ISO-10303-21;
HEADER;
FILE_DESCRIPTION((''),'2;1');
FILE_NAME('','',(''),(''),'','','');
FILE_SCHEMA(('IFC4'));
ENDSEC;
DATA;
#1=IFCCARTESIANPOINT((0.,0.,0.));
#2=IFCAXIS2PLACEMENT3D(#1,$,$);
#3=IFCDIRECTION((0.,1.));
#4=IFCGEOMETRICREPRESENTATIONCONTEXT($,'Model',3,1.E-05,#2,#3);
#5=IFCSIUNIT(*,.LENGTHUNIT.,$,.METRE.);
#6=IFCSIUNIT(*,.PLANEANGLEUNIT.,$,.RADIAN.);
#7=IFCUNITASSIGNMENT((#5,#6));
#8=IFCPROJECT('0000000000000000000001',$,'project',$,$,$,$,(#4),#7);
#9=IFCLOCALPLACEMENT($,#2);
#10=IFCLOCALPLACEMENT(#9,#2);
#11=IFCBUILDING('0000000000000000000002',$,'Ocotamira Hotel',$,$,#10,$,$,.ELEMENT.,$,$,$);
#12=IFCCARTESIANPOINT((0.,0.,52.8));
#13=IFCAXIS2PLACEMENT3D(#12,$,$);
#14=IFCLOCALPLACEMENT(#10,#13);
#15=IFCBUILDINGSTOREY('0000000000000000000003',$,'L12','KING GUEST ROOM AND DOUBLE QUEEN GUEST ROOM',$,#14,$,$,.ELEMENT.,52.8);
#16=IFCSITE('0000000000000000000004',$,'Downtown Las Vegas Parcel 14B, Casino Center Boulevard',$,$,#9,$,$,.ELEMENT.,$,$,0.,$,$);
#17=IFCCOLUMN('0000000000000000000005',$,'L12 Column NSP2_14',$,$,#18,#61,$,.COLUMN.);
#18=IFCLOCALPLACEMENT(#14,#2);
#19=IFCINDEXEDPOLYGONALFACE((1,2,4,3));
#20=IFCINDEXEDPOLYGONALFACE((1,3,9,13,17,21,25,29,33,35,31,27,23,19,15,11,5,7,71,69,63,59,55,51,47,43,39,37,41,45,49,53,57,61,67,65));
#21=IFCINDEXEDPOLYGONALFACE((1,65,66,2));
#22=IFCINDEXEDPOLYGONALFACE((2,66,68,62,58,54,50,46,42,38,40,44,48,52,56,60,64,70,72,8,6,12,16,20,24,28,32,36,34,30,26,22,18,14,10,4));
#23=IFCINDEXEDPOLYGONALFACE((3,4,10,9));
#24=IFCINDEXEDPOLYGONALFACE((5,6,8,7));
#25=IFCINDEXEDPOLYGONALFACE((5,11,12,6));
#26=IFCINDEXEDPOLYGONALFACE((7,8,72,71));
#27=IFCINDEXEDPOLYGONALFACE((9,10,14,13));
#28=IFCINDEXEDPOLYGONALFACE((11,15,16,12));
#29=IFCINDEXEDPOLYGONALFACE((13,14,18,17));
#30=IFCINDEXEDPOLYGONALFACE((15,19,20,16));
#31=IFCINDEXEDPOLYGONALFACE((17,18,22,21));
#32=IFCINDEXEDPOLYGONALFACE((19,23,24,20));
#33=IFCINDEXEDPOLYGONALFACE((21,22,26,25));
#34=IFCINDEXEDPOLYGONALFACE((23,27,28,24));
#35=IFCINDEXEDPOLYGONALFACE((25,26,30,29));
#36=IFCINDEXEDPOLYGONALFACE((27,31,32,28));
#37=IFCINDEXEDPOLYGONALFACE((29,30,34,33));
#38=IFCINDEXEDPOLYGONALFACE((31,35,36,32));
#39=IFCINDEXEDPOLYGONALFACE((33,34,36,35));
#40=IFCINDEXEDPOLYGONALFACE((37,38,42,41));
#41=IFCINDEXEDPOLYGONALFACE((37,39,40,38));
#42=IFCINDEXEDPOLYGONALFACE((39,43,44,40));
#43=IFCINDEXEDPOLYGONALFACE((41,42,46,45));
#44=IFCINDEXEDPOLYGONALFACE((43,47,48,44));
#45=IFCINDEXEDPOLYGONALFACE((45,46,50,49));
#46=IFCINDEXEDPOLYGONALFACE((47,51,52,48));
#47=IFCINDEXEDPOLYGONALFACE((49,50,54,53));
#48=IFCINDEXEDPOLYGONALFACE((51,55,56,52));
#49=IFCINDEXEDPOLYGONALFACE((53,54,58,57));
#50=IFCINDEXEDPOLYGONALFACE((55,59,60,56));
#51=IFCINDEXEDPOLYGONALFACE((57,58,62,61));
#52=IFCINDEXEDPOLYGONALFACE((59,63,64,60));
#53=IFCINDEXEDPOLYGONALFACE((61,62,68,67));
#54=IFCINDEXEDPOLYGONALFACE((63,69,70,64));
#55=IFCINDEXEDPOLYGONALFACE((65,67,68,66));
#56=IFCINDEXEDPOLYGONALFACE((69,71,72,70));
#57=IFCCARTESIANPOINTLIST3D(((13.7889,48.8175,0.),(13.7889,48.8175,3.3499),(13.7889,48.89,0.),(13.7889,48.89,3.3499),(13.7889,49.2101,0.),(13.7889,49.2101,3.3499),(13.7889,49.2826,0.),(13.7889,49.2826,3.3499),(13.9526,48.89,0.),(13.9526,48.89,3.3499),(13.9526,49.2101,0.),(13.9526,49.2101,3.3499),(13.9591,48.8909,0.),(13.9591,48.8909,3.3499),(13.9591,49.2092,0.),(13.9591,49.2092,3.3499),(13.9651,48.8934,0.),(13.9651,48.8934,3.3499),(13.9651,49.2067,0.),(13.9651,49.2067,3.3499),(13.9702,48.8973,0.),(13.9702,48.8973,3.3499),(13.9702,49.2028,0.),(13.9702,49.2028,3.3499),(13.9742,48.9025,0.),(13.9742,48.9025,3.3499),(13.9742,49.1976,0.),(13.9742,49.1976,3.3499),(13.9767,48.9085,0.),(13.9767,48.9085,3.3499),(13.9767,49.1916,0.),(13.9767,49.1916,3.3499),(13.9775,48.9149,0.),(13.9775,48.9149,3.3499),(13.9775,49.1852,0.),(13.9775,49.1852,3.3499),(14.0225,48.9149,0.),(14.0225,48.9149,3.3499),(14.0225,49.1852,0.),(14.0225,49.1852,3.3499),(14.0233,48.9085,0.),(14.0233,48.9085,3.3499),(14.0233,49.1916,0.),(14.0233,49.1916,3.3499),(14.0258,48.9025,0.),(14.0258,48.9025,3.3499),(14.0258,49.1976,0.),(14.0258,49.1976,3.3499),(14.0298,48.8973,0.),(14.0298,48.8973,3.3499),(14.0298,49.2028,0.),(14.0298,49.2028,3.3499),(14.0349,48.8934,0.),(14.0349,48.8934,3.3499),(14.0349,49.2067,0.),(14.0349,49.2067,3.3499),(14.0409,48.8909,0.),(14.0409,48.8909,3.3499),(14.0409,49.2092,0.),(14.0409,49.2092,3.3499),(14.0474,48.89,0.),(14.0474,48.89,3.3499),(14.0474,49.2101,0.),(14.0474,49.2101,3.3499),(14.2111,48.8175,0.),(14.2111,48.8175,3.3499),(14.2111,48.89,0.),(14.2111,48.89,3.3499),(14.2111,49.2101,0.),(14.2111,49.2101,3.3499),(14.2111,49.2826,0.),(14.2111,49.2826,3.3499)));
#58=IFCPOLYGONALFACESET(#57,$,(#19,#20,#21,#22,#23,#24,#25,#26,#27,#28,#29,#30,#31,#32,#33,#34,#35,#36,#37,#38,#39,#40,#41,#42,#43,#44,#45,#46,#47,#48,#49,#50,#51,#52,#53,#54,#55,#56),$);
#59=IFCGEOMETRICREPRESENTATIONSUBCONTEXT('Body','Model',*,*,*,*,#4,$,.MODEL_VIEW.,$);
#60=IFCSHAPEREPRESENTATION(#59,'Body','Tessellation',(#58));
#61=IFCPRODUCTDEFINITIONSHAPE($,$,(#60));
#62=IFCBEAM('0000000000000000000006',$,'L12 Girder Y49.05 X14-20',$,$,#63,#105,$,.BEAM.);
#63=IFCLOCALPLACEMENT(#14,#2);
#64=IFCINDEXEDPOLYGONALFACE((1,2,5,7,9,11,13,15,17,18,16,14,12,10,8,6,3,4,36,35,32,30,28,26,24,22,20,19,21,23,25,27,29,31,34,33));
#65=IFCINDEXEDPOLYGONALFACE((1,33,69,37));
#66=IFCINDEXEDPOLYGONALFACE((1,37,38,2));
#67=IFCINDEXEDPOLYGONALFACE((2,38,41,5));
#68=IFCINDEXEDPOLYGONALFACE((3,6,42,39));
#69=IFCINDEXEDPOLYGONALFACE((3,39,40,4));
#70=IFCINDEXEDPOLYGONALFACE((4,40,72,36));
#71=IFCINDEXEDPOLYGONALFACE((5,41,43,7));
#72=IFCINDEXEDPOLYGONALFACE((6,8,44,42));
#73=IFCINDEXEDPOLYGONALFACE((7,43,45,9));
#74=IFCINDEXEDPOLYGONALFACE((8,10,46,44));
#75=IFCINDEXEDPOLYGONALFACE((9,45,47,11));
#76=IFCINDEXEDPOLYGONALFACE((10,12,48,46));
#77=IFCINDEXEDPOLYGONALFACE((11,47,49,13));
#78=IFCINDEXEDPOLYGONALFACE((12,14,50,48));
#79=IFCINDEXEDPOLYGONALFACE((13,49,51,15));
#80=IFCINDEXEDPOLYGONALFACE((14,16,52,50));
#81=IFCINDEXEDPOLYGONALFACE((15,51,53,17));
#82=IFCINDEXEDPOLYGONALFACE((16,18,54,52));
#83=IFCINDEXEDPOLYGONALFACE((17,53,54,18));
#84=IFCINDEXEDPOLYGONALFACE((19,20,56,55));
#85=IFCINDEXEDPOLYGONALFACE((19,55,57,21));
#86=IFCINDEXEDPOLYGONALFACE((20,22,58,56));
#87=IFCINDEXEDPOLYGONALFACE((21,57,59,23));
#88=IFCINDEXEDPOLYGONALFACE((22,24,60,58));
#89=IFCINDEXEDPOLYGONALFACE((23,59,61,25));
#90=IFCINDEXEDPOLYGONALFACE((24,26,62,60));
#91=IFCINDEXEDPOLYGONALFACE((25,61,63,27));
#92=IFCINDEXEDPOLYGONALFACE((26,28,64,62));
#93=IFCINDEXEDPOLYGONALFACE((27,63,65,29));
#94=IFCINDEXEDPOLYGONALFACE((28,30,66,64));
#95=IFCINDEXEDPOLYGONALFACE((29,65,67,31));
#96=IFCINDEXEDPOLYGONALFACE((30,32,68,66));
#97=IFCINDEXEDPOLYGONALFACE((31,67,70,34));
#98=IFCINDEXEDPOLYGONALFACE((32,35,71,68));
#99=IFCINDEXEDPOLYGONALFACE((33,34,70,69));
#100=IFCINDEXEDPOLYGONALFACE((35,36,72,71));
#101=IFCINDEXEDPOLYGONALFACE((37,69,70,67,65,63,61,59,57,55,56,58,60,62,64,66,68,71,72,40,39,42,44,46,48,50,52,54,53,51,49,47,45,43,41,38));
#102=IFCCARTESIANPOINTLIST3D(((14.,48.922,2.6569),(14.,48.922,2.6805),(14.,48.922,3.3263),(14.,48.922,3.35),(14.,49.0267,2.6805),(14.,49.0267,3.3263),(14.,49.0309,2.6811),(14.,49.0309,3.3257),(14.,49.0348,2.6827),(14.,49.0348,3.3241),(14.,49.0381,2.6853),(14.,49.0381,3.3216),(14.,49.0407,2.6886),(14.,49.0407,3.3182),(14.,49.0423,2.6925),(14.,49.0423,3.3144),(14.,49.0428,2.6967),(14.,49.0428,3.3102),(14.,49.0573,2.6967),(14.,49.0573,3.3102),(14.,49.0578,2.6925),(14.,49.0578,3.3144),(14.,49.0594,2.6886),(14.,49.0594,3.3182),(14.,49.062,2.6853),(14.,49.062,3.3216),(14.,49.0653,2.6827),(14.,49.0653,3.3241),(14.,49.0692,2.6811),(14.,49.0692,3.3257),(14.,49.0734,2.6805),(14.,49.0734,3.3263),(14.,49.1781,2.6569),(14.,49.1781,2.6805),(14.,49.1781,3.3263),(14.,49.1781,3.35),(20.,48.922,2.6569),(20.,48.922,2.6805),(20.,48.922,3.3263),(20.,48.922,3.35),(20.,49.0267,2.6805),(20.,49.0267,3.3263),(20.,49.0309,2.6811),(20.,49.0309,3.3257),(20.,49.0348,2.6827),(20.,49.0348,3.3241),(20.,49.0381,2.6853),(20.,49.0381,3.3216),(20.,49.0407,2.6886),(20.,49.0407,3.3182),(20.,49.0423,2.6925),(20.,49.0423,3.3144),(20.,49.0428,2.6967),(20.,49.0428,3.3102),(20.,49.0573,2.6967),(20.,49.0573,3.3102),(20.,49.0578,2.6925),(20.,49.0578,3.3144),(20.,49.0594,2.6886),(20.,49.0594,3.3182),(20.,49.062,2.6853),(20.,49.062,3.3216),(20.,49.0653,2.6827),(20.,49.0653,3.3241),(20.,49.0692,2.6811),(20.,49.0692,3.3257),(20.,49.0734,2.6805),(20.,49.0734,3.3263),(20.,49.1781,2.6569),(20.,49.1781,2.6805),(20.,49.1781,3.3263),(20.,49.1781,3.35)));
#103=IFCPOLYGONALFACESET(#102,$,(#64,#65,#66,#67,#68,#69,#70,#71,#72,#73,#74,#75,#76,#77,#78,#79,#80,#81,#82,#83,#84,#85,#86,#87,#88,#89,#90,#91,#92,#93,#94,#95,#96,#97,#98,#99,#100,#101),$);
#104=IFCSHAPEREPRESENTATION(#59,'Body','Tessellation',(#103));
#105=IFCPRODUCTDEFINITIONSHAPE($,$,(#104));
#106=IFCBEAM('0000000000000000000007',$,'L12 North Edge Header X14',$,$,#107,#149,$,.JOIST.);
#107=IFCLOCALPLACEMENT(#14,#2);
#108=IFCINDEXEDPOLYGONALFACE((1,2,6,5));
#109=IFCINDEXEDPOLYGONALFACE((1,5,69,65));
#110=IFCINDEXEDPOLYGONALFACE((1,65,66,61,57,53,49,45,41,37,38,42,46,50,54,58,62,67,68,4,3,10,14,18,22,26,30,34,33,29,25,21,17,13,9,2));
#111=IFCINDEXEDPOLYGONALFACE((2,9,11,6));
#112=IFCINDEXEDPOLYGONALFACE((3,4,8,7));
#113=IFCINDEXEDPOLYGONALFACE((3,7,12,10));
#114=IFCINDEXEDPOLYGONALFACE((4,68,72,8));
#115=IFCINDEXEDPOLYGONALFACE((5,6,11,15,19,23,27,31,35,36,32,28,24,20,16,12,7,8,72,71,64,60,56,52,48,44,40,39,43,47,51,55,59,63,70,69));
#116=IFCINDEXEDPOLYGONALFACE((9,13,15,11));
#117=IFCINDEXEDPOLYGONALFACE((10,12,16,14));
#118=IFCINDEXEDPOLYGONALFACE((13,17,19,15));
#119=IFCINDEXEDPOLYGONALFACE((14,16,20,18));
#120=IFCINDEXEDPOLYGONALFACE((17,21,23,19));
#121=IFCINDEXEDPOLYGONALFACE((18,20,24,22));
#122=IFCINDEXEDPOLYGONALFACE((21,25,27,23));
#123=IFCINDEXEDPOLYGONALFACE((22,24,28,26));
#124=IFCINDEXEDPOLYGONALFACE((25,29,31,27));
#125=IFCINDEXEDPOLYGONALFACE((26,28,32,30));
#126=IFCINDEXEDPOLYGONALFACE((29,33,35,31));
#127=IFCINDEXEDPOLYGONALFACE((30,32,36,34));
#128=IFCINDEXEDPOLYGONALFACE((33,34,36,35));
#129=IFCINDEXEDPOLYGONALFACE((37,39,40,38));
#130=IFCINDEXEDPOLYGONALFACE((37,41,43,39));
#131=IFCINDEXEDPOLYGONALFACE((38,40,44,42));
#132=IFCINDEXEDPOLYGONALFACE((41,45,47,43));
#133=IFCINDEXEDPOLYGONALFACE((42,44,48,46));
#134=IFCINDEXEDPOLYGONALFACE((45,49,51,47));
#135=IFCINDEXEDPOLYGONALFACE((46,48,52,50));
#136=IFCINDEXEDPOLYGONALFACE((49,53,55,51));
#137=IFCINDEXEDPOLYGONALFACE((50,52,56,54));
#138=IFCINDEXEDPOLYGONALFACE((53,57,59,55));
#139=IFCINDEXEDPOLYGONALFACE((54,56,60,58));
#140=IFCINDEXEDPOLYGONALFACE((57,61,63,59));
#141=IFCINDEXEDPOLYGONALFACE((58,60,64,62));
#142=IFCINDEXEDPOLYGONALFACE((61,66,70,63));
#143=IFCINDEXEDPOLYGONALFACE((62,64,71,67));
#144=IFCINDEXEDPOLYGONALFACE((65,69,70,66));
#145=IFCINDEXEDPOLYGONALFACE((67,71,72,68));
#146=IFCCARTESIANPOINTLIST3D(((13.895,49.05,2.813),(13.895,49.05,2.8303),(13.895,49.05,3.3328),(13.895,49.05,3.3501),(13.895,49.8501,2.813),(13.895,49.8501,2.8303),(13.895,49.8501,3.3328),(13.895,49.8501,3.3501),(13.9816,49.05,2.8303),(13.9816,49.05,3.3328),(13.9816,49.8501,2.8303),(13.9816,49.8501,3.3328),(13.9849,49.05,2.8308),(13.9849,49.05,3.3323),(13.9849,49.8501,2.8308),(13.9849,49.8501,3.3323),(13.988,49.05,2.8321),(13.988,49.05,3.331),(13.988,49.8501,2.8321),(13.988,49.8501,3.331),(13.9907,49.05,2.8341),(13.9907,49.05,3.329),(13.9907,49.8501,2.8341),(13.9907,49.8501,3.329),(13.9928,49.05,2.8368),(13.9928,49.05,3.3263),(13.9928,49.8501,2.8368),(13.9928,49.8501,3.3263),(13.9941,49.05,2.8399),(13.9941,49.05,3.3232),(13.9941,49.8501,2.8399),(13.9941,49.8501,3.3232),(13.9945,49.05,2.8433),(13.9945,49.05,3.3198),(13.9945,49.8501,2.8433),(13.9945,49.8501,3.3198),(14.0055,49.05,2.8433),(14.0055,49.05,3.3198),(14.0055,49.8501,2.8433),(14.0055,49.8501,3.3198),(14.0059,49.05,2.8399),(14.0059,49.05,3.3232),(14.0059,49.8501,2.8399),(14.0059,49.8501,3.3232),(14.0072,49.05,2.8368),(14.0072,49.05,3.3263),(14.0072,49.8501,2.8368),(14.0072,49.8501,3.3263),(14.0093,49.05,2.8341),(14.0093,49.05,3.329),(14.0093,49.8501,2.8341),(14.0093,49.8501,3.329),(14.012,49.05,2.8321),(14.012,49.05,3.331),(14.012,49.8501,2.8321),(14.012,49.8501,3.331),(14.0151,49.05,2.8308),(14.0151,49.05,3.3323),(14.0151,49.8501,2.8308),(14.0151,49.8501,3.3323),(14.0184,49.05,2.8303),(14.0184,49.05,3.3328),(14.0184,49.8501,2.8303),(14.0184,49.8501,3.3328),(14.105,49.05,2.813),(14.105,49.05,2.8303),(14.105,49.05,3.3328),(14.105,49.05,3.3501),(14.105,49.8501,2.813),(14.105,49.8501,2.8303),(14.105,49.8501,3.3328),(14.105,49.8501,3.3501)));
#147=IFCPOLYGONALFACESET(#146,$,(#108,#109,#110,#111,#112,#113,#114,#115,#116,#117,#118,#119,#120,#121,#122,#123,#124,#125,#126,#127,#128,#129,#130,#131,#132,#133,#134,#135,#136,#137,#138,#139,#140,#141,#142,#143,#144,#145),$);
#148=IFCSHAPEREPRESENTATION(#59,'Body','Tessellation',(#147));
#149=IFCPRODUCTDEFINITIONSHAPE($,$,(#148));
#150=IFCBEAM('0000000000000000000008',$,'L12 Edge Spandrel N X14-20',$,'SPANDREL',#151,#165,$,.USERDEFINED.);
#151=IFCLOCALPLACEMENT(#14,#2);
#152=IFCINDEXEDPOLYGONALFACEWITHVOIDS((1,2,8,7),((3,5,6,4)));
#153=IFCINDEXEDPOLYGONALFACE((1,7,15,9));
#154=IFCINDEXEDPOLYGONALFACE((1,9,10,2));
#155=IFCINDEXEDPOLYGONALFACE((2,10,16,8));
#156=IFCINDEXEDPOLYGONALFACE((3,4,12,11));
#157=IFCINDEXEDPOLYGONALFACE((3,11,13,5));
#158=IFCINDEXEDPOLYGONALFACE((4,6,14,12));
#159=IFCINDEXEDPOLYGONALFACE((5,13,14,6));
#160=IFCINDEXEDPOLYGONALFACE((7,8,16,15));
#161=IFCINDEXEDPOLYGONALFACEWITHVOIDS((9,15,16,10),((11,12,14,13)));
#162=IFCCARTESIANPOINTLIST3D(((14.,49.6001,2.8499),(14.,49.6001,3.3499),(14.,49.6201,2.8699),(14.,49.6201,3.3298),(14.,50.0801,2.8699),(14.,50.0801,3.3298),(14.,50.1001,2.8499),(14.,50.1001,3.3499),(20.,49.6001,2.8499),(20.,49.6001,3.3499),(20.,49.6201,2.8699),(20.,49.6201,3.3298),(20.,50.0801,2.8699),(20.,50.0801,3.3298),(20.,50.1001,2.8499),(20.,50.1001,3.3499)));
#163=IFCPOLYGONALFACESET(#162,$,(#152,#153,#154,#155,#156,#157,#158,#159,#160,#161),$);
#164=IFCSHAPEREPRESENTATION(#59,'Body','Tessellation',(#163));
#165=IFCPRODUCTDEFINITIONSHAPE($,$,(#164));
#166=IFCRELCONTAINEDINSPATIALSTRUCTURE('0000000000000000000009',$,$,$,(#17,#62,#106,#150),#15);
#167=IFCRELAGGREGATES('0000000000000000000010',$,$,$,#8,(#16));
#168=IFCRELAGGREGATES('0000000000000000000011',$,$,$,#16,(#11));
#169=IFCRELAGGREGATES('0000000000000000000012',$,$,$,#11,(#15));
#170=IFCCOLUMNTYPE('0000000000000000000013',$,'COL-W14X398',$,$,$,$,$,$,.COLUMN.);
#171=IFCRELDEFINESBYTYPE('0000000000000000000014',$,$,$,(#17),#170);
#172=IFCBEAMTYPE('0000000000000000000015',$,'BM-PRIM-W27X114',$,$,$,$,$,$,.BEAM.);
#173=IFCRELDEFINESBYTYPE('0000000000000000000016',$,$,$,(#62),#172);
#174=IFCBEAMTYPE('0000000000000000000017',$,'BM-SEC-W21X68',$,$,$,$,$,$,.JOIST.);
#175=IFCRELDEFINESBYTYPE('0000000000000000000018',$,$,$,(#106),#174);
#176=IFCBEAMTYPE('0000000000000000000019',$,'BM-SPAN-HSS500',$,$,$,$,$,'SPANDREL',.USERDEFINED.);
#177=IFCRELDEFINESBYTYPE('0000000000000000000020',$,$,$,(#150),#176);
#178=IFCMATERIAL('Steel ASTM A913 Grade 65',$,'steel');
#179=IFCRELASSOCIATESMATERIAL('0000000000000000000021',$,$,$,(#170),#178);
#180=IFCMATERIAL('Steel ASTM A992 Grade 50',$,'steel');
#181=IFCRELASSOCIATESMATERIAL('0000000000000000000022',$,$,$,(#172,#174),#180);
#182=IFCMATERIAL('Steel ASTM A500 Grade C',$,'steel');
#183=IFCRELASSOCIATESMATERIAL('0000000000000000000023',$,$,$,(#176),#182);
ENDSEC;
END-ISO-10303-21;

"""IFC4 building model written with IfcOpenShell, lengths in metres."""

from ifc_helpers import new_model, si_unit, direction, frame, origin, origin_2d, place, context, subcontext, project, spatial, hollow_rectangle, i_section, extrude, source, transform, mapped, material, material_profile, profile_set, type_object, element, save


model = new_model("IFC4")

# Units and contexts
model_context = context("Model", 3, precision=1e-05, world=origin(), true_north=direction((0.0, 1.0)))
body_context = subcontext(model_context, "Body", "Model", "MODEL_VIEW")
ifc_project = project(units=[si_unit("LENGTHUNIT", "METRE"), si_unit("PLANEANGLEUNIT", "RADIAN")], contexts=[model_context])

# Site, building, storey
site_placement = place(None, origin())
site = spatial("IfcSite", under=ifc_project, at=site_placement, Name="Downtown Las Vegas Parcel 14B, Casino Center Boulevard", CompositionType="ELEMENT", RefElevation=0.0)
building_placement = place(site_placement, origin())
building = spatial("IfcBuilding", under=site, at=building_placement, Name="Ocotamira Hotel", CompositionType="ELEMENT")
storey_placement = place(building_placement, frame((0.0, 0.0, 52.8)))
storey = spatial("IfcBuildingStorey", under=building, at=storey_placement, Name="L12", Description="KING GUEST ROOM AND DOUBLE QUEEN GUEST ROOM", CompositionType="ELEMENT", Elevation=52.8)

# Column
ifc_material_1 = material(Name="Steel ASTM A913 Grade 65", Category="steel")
ifc_material_profile_1 = material_profile(ifc_material_1, i_section(OverallWidth=0.4221, OverallDepth=0.4651, WebThickness=0.0449, FlangeThickness=0.0725, FilletRadius=0.0249, at=origin_2d()), Name="W14X398")
ifc_profile_set_1 = profile_set([ifc_material_profile_1], Name="Steel ASTM A913 Grade 65")
column_type = type_object("IfcColumnType", Name="COL-W14X398", PredefinedType="COLUMN", material=ifc_profile_set_1)
shared_shape_1 = source(origin(), body_context, "Body", "SweptSolid", [
    extrude(i_section(OverallWidth=0.4221, OverallDepth=0.4651, WebThickness=0.0449, FlangeThickness=0.0725, FilletRadius=0.0249, at=origin_2d()), origin(), (0.0, 0.0, 1.0), 3.3499),
])
column_placement = place(storey_placement, frame((14.0, 49.05, 0.0), z_axis=(0.0, 0.0, 1.0), x_axis=(1.0, 0.0, 0.0)))
element("IfcColumn", 1, at=column_placement, inside=storey, type_object=column_type, Name="L12 Column NSP2_14", PredefinedType="COLUMN", context=body_context, shape_type="MappedRepresentation", body=[
    mapped(shared_shape_1, transform((0.0, 0.0, 0.0), scale=1.0)),
])

# Beams
ifc_material_2 = material(Name="Steel ASTM A992 Grade 50", Category="steel")
ifc_material_profile_2 = material_profile(ifc_material_2, i_section(OverallWidth=0.2561, OverallDepth=0.6931, WebThickness=0.0144, FlangeThickness=0.0237, FilletRadius=0.0161, at=origin_2d()), Name="W27X114")
ifc_profile_set_2 = profile_set([ifc_material_profile_2], Name="Steel ASTM A992 Grade 50")
beam_type_1 = type_object("IfcBeamType", Name="BM-PRIM-W27X114", PredefinedType="BEAM", material=ifc_profile_set_2)
shared_shape_2 = source(origin(), body_context, "Body", "SweptSolid", [
    extrude(i_section(OverallWidth=0.2561, OverallDepth=0.6931, WebThickness=0.0144, FlangeThickness=0.0237, FilletRadius=0.0161, at=origin_2d()), origin(), (0.0, 0.0, 1.0), 6.0),
])
beam_1_placement = place(storey_placement, frame((14.0, 49.05, 3.0034), z_axis=(1.0, 0.0, 0.0), x_axis=(0.0, 1.0, 0.0)))
element("IfcBeam", 2, at=beam_1_placement, inside=storey, type_object=beam_type_1, Name="L12 Girder Y49.05 X14-20", PredefinedType="BEAM", context=body_context, shape_type="MappedRepresentation", body=[
    mapped(shared_shape_2, transform((0.0, 0.0, 0.0), scale=1.0)),
])
ifc_material_profile_3 = material_profile(ifc_material_2, i_section(OverallWidth=0.21, OverallDepth=0.5371, WebThickness=0.011, FlangeThickness=0.0173, FilletRadius=0.0129, at=origin_2d()), Name="W21X68")
ifc_profile_set_3 = profile_set([ifc_material_profile_3], Name="Steel ASTM A992 Grade 50")
beam_type_2 = type_object("IfcBeamType", Name="BM-SEC-W21X68", PredefinedType="JOIST", material=ifc_profile_set_3)
shared_shape_3 = source(origin(), body_context, "Body", "SweptSolid", [
    extrude(i_section(OverallWidth=0.21, OverallDepth=0.5371, WebThickness=0.011, FlangeThickness=0.0173, FilletRadius=0.0129, at=origin_2d()), origin(), (0.0, 0.0, 1.0), 0.8),
])
beam_2_placement = place(storey_placement, frame((14.0, 49.05, 3.0815), z_axis=(0.0, 1.0, 0.0), x_axis=(-1.0, 0.0, 0.0)))
element("IfcBeam", 3, at=beam_2_placement, inside=storey, type_object=beam_type_2, Name="L12 North Edge Header X14", PredefinedType="JOIST", context=body_context, shape_type="MappedRepresentation", body=[
    mapped(shared_shape_3, transform((0.0, 0.0, 0.0), scale=1.0)),
])
ifc_material_3 = material(Name="Steel ASTM A500 Grade C", Category="steel")
ifc_material_profile_4 = material_profile(ifc_material_3, hollow_rectangle(XDim=0.5, YDim=0.5, WallThickness=0.02, at=origin_2d()), Name="HSS500X500X20")
ifc_profile_set_4 = profile_set([ifc_material_profile_4], Name="Steel ASTM A500 Grade C")
beam_type_3 = type_object("IfcBeamType", Name="BM-SPAN-HSS500", ElementType="SPANDREL", PredefinedType="USERDEFINED", material=ifc_profile_set_4)
shared_shape_4 = source(origin(), body_context, "Body", "SweptSolid", [
    extrude(hollow_rectangle(XDim=0.5, YDim=0.5, WallThickness=0.02, at=origin_2d()), origin(), (0.0, 0.0, 1.0), 6.0),
])
beam_3_placement = place(storey_placement, frame((14.0, 49.8501, 3.0999), z_axis=(1.0, 0.0, 0.0), x_axis=(0.0, 1.0, 0.0)))
element("IfcBeam", 4, at=beam_3_placement, inside=storey, type_object=beam_type_3, Name="L12 Edge Spandrel N X14-20", ObjectType="SPANDREL", PredefinedType="USERDEFINED", context=body_context, shape_type="MappedRepresentation", body=[
    mapped(shared_shape_4, transform((0.0, 0.0, 0.0), scale=1.0)),
])

save(model, "model.ifc")
